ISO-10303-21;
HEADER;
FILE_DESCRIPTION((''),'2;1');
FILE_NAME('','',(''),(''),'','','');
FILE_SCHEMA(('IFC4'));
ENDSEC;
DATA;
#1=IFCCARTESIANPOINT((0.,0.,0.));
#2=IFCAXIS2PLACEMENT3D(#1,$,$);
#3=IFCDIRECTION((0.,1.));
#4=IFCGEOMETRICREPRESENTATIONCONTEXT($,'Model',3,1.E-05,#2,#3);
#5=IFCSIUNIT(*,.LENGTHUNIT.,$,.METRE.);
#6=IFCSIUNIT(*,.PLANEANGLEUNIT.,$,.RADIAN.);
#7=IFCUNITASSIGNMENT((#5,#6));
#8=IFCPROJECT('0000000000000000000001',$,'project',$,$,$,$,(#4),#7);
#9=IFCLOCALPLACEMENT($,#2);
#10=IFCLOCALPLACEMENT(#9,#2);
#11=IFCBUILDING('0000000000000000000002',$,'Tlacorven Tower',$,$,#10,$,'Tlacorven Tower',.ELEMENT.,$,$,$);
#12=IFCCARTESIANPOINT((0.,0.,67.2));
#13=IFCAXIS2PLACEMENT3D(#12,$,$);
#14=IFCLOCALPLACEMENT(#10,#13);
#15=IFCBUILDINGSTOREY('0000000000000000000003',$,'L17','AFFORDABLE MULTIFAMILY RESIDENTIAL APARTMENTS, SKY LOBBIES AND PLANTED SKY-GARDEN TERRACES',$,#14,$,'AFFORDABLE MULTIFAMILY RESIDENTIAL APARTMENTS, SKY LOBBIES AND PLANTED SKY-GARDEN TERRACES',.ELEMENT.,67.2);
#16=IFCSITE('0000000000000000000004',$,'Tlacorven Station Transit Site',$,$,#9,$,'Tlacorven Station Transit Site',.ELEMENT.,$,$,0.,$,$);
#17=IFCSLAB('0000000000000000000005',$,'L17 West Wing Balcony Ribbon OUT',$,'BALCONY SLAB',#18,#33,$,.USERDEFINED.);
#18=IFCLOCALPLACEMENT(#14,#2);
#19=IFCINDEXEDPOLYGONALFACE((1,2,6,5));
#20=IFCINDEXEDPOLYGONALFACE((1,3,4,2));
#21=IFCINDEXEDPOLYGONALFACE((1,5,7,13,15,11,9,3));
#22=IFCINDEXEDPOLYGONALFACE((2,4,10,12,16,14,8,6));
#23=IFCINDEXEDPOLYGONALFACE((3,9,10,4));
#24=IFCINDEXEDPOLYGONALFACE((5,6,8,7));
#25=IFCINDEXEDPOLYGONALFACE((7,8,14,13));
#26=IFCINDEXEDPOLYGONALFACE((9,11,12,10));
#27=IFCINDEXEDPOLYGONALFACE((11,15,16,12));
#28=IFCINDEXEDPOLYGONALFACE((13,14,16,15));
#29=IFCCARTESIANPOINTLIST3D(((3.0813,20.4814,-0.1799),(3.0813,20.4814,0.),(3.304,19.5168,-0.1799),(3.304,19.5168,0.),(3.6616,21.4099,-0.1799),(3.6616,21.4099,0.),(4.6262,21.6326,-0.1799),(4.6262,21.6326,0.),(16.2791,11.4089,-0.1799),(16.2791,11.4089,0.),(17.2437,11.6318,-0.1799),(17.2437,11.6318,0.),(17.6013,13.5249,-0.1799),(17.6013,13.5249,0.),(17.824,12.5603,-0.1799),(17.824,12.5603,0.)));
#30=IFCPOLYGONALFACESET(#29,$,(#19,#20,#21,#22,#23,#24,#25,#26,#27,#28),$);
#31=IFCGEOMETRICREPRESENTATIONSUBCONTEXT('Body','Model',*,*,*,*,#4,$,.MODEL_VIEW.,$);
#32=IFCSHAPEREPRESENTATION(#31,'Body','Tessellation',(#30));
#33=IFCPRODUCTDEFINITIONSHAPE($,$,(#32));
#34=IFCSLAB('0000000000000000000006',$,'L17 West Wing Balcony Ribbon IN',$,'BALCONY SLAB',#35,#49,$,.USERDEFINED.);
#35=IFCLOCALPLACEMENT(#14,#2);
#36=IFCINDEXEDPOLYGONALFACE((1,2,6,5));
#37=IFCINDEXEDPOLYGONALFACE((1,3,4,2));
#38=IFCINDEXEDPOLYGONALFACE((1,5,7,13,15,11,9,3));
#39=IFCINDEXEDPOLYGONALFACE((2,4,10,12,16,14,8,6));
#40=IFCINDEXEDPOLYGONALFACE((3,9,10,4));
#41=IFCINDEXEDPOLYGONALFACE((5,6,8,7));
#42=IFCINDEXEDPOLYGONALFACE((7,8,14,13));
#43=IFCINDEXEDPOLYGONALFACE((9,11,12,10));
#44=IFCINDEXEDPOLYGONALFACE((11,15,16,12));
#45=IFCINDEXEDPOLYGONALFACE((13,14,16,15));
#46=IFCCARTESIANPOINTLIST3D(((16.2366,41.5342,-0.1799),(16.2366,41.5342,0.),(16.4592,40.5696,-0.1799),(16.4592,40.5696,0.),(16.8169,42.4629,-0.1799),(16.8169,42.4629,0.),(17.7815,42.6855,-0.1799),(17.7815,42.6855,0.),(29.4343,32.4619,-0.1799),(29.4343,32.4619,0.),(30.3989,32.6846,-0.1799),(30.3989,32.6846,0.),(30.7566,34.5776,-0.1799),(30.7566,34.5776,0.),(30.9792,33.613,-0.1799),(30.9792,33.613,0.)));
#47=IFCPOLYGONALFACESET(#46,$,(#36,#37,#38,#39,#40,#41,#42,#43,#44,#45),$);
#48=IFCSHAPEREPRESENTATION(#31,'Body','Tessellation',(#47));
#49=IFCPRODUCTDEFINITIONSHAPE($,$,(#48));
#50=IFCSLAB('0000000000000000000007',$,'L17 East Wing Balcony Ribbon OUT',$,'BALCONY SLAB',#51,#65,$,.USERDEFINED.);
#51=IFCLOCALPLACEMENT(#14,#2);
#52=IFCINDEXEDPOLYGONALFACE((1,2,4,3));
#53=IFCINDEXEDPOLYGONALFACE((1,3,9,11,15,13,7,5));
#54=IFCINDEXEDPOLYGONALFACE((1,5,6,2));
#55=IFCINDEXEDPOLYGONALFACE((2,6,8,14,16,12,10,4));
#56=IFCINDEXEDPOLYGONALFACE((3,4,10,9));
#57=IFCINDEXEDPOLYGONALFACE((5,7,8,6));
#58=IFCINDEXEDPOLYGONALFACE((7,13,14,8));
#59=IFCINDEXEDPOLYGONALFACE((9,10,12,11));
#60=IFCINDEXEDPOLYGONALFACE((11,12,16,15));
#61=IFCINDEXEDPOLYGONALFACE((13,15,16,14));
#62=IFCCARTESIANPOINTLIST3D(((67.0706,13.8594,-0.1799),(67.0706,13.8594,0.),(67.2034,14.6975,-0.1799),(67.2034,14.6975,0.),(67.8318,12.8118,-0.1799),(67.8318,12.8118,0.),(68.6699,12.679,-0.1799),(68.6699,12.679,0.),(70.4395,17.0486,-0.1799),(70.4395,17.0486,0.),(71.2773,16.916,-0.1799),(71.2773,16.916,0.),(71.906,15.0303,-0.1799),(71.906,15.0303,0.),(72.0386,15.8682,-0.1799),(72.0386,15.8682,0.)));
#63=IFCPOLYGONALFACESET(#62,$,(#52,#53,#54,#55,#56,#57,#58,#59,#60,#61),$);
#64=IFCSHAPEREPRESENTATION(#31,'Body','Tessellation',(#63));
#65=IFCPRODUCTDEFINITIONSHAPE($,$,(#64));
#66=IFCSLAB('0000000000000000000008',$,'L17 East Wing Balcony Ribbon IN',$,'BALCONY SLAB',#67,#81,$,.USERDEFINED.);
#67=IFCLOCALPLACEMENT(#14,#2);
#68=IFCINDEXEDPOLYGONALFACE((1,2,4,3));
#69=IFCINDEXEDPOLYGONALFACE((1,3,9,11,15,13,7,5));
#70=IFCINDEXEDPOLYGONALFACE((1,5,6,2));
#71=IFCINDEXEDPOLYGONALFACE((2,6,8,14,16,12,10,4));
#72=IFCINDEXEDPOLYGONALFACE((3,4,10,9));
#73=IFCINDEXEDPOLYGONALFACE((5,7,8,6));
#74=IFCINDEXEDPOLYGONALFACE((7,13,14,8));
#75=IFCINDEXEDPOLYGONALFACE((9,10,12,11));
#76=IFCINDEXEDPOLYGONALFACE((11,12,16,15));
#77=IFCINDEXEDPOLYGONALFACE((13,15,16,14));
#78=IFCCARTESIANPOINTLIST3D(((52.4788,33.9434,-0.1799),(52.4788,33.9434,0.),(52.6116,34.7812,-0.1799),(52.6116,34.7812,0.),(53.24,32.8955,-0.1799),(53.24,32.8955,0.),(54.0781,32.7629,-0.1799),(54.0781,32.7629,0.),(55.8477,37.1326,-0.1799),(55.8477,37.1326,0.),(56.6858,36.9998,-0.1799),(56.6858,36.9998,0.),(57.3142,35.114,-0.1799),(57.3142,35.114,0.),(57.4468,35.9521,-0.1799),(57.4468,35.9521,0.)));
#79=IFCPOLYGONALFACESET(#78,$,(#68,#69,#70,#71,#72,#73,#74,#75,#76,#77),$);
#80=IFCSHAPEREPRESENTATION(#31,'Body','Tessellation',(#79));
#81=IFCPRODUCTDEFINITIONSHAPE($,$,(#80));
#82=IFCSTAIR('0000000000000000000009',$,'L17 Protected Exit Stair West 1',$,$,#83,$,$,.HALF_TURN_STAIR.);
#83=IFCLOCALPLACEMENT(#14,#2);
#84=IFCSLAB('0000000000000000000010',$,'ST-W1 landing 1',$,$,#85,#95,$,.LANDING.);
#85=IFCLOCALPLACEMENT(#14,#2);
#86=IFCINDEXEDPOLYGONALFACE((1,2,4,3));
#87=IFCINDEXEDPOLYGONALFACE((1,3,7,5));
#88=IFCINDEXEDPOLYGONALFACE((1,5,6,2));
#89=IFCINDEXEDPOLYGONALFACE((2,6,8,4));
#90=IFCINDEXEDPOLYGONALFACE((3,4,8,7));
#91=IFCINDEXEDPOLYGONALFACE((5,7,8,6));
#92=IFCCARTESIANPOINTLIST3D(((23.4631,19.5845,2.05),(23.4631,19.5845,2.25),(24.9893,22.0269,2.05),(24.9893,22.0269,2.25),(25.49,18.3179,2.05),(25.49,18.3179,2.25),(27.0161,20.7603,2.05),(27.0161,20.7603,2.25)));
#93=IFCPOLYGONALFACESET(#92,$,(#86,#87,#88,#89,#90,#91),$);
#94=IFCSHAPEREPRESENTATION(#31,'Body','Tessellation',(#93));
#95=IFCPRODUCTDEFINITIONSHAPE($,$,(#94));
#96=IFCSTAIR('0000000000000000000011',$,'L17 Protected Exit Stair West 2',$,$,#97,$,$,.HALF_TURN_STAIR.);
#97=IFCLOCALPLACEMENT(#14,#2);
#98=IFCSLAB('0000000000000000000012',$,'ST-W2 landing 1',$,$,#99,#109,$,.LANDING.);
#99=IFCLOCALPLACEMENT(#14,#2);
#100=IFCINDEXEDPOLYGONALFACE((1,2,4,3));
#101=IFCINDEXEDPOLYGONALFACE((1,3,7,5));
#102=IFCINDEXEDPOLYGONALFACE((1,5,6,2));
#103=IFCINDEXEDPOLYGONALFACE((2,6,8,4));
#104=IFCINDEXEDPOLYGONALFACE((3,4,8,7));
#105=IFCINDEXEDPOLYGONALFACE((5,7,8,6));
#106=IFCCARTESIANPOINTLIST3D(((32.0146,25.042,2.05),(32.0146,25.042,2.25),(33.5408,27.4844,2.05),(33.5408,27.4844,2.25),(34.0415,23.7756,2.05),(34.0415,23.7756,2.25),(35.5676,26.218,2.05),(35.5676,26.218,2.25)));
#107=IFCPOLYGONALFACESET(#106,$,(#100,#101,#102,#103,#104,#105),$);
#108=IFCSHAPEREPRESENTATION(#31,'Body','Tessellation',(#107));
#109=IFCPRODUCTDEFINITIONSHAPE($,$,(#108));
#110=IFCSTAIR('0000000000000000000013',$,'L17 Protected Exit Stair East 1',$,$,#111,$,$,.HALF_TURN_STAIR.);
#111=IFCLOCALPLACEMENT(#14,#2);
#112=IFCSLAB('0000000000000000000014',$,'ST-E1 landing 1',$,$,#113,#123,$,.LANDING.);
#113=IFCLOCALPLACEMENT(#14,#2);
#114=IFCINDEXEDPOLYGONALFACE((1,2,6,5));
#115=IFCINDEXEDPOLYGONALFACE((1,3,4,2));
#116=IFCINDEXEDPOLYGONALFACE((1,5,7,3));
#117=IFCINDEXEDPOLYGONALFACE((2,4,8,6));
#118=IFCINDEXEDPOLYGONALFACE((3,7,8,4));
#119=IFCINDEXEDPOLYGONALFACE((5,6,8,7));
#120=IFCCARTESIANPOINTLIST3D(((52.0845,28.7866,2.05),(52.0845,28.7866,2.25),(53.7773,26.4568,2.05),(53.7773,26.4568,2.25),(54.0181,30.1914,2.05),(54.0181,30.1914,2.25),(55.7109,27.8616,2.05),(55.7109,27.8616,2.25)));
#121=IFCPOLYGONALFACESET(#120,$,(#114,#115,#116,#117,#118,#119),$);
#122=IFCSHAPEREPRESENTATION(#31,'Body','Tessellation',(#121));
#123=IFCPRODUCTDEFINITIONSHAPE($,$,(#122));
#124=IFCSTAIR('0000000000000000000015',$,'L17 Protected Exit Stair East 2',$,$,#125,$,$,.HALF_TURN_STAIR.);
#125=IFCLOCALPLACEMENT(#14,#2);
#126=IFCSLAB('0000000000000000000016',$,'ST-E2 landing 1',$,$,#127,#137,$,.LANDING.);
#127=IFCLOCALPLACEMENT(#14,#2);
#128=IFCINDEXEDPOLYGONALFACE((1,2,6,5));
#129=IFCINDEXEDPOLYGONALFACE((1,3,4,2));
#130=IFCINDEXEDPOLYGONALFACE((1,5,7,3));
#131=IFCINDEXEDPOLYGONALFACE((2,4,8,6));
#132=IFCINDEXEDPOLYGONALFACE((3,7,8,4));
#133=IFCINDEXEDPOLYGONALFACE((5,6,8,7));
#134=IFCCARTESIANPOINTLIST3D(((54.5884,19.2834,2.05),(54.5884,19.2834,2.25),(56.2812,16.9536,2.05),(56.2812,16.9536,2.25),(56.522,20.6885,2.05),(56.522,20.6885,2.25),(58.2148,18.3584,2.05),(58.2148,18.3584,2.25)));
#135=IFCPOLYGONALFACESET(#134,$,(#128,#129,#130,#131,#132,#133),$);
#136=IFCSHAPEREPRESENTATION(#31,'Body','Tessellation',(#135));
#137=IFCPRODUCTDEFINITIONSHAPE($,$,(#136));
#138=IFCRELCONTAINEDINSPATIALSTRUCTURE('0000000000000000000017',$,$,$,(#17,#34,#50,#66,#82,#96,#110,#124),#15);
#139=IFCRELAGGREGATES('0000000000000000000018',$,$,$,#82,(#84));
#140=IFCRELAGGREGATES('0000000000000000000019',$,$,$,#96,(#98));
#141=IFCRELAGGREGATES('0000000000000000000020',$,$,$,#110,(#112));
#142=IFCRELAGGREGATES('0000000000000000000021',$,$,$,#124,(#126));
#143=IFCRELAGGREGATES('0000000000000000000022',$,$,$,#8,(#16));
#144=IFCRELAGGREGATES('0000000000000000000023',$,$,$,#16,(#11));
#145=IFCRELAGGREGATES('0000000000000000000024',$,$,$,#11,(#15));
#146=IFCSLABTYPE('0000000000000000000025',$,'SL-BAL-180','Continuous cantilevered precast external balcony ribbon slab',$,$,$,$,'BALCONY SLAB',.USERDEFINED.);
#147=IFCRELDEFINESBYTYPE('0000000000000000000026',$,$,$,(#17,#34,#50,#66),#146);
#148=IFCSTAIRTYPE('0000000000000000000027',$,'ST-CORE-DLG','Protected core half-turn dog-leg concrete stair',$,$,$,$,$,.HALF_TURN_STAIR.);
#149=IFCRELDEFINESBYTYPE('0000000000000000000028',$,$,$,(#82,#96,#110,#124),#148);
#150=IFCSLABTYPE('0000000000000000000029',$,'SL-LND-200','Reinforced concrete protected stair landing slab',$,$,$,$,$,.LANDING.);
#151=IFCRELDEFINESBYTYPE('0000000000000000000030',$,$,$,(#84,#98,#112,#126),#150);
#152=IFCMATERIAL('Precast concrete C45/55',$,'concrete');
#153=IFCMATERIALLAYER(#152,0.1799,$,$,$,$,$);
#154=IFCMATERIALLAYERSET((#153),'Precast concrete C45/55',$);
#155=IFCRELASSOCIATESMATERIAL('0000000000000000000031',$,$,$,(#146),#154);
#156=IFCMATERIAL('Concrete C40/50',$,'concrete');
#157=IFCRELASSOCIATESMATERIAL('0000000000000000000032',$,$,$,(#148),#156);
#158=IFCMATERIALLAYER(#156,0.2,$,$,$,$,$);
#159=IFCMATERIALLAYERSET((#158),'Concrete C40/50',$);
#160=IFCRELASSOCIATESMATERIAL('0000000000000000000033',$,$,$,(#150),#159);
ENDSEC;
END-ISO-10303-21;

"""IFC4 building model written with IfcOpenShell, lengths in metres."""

from ifc_helpers import new_model, si_unit, direction, frame, origin, place, context, subcontext, project, spatial, polyline, outline, extrude, material, layer, layer_set, type_object, element, aggregate, save


model = new_model("IFC4")

# Units and contexts
model_context = context("Model", 3, precision=1e-05, world=origin(), true_north=direction((0.0, 1.0)))
body_context = subcontext(model_context, "Body", "Model", "MODEL_VIEW")
ifc_project = project(units=[si_unit("LENGTHUNIT", "METRE"), si_unit("PLANEANGLEUNIT", "RADIAN")], contexts=[model_context])

# Site, building, storey
site_placement = place(None, origin())
site = spatial("IfcSite", under=ifc_project, at=site_placement, Name="Tlacorven Station Transit Site", LongName="Tlacorven Station Transit Site", CompositionType="ELEMENT", RefElevation=0.0)
building_placement = place(site_placement, origin())
building = spatial("IfcBuilding", under=site, at=building_placement, Name="Tlacorven Tower", LongName="Tlacorven Tower", CompositionType="ELEMENT")
storey_placement = place(building_placement, frame((0.0, 0.0, 67.2)))
storey = spatial("IfcBuildingStorey", under=building, at=storey_placement, Name="L17", Description="AFFORDABLE MULTIFAMILY RESIDENTIAL APARTMENTS, SKY LOBBIES AND PLANTED SKY-GARDEN TERRACES", LongName="AFFORDABLE MULTIFAMILY RESIDENTIAL APARTMENTS, SKY LOBBIES AND PLANTED SKY-GARDEN TERRACES", CompositionType="ELEMENT", Elevation=67.2)

# Slabs
ifc_material_1 = material(Name="Precast concrete C45/55", Category="concrete")
ifc_layer_1 = layer(ifc_material_1, 0.1799)
ifc_layer_set_1 = layer_set([ifc_layer_1], Name="Precast concrete C45/55")
slab_type_1 = type_object("IfcSlabType", Name="SL-BAL-180", Description="Continuous cantilevered precast external balcony ribbon slab", ElementType="BALCONY SLAB", PredefinedType="USERDEFINED", material=ifc_layer_set_1)
slab_1_placement = place(storey_placement, frame((0.0, 0.0, -0.1799)))
element("IfcSlab", 1, at=slab_1_placement, inside=storey, type_object=slab_type_1, Name="L17 West Wing Balcony Ribbon OUT", ObjectType="BALCONY SLAB", PredefinedType="USERDEFINED", context=body_context, shape_type="SweptSolid", body=[
    extrude(outline(polyline([(17.6013, 13.5249), (4.6262, 21.6326), (3.6616, 21.4099), (3.0813, 20.4814), (3.304, 19.5168), (16.2791, 11.4089), (17.2437, 11.6318), (17.824, 12.5603), (17.6013, 13.5249)])), origin(), (0.0, 0.0, 1.0), 0.1799),
])
slab_2_placement = place(storey_placement, frame((0.0, 0.0, -0.1799)))
element("IfcSlab", 2, at=slab_2_placement, inside=storey, type_object=slab_type_1, Name="L17 West Wing Balcony Ribbon IN", ObjectType="BALCONY SLAB", PredefinedType="USERDEFINED", context=body_context, shape_type="SweptSolid", body=[
    extrude(outline(polyline([(30.7566, 34.5776), (17.7815, 42.6855), (16.8169, 42.4629), (16.2366, 41.5342), (16.4592, 40.5696), (29.4343, 32.4619), (30.3989, 32.6846), (30.9792, 33.613), (30.7566, 34.5776)])), origin(), (0.0, 0.0, 1.0), 0.1799),
])
slab_3_placement = place(storey_placement, frame((0.0, 0.0, -0.1799)))
element("IfcSlab", 3, at=slab_3_placement, inside=storey, type_object=slab_type_1, Name="L17 East Wing Balcony Ribbon OUT", ObjectType="BALCONY SLAB", PredefinedType="USERDEFINED", context=body_context, shape_type="SweptSolid", body=[
    extrude(outline(polyline([(68.6699, 12.679), (71.906, 15.0303), (72.0386, 15.8682), (71.2773, 16.916), (70.4395, 17.0486), (67.2034, 14.6975), (67.0706, 13.8594), (67.8318, 12.8118), (68.6699, 12.679)])), origin(), (0.0, 0.0, 1.0), 0.1799),
])
slab_4_placement = place(storey_placement, frame((0.0, 0.0, -0.1799)))
element("IfcSlab", 4, at=slab_4_placement, inside=storey, type_object=slab_type_1, Name="L17 East Wing Balcony Ribbon IN", ObjectType="BALCONY SLAB", PredefinedType="USERDEFINED", context=body_context, shape_type="SweptSolid", body=[
    extrude(outline(polyline([(54.0781, 32.7629), (57.3142, 35.114), (57.4468, 35.9521), (56.6858, 36.9998), (55.8477, 37.1326), (52.6116, 34.7812), (52.4788, 33.9434), (53.24, 32.8955), (54.0781, 32.7629)])), origin(), (0.0, 0.0, 1.0), 0.1799),
])

# Stairs, slabs
ifc_material_2 = material(Name="Concrete C40/50", Category="concrete")
stair_type = type_object("IfcStairType", Name="ST-CORE-DLG", Description="Protected core half-turn dog-leg concrete stair", PredefinedType="HALF_TURN_STAIR", material=ifc_material_2)
stair_1_placement = place(storey_placement, origin())
stair_1 = element("IfcStair", 5, at=stair_1_placement, inside=storey, type_object=stair_type, Name="L17 Protected Exit Stair West 1", PredefinedType="HALF_TURN_STAIR")
ifc_layer_2 = layer(ifc_material_2, 0.2)
ifc_layer_set_2 = layer_set([ifc_layer_2], Name="Concrete C40/50")
slab_type_2 = type_object("IfcSlabType", Name="SL-LND-200", Description="Reinforced concrete protected stair landing slab", PredefinedType="LANDING", material=ifc_layer_set_2)
slab_5_placement = place(storey_placement, frame((0.0, 0.0, 2.05)))
slab_5 = element("IfcSlab", 6, at=slab_5_placement, type_object=slab_type_2, Name="ST-W1 landing 1", PredefinedType="LANDING", context=body_context, shape_type="SweptSolid", body=[
    extrude(outline(polyline([(27.0161, 20.7603), (24.9893, 22.0269), (23.4631, 19.5845), (25.49, 18.3179), (27.0161, 20.7603)])), origin(), (0.0, 0.0, 1.0), 0.2),
])
aggregate(stair_1, [slab_5])
stair_2_placement = place(storey_placement, origin())
stair_2 = element("IfcStair", 7, at=stair_2_placement, inside=storey, type_object=stair_type, Name="L17 Protected Exit Stair West 2", PredefinedType="HALF_TURN_STAIR")
slab_6_placement = place(storey_placement, frame((0.0, 0.0, 2.05)))
slab_6 = element("IfcSlab", 8, at=slab_6_placement, type_object=slab_type_2, Name="ST-W2 landing 1", PredefinedType="LANDING", context=body_context, shape_type="SweptSolid", body=[
    extrude(outline(polyline([(35.5676, 26.218), (33.5408, 27.4844), (32.0146, 25.042), (34.0415, 23.7756), (35.5676, 26.218)])), origin(), (0.0, 0.0, 1.0), 0.2),
])
aggregate(stair_2, [slab_6])
stair_3_placement = place(storey_placement, origin())
stair_3 = element("IfcStair", 9, at=stair_3_placement, inside=storey, type_object=stair_type, Name="L17 Protected Exit Stair East 1", PredefinedType="HALF_TURN_STAIR")
slab_7_placement = place(storey_placement, frame((0.0, 0.0, 2.05)))
slab_7 = element("IfcSlab", 10, at=slab_7_placement, type_object=slab_type_2, Name="ST-E1 landing 1", PredefinedType="LANDING", context=body_context, shape_type="SweptSolid", body=[
    extrude(outline(polyline([(53.7773, 26.4568), (55.7109, 27.8616), (54.0181, 30.1914), (52.0845, 28.7866), (53.7773, 26.4568)])), origin(), (0.0, 0.0, 1.0), 0.2),
])
aggregate(stair_3, [slab_7])
stair_4_placement = place(storey_placement, origin())
stair_4 = element("IfcStair", 11, at=stair_4_placement, inside=storey, type_object=stair_type, Name="L17 Protected Exit Stair East 2", PredefinedType="HALF_TURN_STAIR")
slab_8_placement = place(storey_placement, frame((0.0, 0.0, 2.05)))
slab_8 = element("IfcSlab", 12, at=slab_8_placement, type_object=slab_type_2, Name="ST-E2 landing 1", PredefinedType="LANDING", context=body_context, shape_type="SweptSolid", body=[
    extrude(outline(polyline([(56.2812, 16.9536), (58.2148, 18.3584), (56.522, 20.6885), (54.5884, 19.2834), (56.2812, 16.9536)])), origin(), (0.0, 0.0, 1.0), 0.2),
])
aggregate(stair_4, [slab_8])

save(model, "model.ifc")
